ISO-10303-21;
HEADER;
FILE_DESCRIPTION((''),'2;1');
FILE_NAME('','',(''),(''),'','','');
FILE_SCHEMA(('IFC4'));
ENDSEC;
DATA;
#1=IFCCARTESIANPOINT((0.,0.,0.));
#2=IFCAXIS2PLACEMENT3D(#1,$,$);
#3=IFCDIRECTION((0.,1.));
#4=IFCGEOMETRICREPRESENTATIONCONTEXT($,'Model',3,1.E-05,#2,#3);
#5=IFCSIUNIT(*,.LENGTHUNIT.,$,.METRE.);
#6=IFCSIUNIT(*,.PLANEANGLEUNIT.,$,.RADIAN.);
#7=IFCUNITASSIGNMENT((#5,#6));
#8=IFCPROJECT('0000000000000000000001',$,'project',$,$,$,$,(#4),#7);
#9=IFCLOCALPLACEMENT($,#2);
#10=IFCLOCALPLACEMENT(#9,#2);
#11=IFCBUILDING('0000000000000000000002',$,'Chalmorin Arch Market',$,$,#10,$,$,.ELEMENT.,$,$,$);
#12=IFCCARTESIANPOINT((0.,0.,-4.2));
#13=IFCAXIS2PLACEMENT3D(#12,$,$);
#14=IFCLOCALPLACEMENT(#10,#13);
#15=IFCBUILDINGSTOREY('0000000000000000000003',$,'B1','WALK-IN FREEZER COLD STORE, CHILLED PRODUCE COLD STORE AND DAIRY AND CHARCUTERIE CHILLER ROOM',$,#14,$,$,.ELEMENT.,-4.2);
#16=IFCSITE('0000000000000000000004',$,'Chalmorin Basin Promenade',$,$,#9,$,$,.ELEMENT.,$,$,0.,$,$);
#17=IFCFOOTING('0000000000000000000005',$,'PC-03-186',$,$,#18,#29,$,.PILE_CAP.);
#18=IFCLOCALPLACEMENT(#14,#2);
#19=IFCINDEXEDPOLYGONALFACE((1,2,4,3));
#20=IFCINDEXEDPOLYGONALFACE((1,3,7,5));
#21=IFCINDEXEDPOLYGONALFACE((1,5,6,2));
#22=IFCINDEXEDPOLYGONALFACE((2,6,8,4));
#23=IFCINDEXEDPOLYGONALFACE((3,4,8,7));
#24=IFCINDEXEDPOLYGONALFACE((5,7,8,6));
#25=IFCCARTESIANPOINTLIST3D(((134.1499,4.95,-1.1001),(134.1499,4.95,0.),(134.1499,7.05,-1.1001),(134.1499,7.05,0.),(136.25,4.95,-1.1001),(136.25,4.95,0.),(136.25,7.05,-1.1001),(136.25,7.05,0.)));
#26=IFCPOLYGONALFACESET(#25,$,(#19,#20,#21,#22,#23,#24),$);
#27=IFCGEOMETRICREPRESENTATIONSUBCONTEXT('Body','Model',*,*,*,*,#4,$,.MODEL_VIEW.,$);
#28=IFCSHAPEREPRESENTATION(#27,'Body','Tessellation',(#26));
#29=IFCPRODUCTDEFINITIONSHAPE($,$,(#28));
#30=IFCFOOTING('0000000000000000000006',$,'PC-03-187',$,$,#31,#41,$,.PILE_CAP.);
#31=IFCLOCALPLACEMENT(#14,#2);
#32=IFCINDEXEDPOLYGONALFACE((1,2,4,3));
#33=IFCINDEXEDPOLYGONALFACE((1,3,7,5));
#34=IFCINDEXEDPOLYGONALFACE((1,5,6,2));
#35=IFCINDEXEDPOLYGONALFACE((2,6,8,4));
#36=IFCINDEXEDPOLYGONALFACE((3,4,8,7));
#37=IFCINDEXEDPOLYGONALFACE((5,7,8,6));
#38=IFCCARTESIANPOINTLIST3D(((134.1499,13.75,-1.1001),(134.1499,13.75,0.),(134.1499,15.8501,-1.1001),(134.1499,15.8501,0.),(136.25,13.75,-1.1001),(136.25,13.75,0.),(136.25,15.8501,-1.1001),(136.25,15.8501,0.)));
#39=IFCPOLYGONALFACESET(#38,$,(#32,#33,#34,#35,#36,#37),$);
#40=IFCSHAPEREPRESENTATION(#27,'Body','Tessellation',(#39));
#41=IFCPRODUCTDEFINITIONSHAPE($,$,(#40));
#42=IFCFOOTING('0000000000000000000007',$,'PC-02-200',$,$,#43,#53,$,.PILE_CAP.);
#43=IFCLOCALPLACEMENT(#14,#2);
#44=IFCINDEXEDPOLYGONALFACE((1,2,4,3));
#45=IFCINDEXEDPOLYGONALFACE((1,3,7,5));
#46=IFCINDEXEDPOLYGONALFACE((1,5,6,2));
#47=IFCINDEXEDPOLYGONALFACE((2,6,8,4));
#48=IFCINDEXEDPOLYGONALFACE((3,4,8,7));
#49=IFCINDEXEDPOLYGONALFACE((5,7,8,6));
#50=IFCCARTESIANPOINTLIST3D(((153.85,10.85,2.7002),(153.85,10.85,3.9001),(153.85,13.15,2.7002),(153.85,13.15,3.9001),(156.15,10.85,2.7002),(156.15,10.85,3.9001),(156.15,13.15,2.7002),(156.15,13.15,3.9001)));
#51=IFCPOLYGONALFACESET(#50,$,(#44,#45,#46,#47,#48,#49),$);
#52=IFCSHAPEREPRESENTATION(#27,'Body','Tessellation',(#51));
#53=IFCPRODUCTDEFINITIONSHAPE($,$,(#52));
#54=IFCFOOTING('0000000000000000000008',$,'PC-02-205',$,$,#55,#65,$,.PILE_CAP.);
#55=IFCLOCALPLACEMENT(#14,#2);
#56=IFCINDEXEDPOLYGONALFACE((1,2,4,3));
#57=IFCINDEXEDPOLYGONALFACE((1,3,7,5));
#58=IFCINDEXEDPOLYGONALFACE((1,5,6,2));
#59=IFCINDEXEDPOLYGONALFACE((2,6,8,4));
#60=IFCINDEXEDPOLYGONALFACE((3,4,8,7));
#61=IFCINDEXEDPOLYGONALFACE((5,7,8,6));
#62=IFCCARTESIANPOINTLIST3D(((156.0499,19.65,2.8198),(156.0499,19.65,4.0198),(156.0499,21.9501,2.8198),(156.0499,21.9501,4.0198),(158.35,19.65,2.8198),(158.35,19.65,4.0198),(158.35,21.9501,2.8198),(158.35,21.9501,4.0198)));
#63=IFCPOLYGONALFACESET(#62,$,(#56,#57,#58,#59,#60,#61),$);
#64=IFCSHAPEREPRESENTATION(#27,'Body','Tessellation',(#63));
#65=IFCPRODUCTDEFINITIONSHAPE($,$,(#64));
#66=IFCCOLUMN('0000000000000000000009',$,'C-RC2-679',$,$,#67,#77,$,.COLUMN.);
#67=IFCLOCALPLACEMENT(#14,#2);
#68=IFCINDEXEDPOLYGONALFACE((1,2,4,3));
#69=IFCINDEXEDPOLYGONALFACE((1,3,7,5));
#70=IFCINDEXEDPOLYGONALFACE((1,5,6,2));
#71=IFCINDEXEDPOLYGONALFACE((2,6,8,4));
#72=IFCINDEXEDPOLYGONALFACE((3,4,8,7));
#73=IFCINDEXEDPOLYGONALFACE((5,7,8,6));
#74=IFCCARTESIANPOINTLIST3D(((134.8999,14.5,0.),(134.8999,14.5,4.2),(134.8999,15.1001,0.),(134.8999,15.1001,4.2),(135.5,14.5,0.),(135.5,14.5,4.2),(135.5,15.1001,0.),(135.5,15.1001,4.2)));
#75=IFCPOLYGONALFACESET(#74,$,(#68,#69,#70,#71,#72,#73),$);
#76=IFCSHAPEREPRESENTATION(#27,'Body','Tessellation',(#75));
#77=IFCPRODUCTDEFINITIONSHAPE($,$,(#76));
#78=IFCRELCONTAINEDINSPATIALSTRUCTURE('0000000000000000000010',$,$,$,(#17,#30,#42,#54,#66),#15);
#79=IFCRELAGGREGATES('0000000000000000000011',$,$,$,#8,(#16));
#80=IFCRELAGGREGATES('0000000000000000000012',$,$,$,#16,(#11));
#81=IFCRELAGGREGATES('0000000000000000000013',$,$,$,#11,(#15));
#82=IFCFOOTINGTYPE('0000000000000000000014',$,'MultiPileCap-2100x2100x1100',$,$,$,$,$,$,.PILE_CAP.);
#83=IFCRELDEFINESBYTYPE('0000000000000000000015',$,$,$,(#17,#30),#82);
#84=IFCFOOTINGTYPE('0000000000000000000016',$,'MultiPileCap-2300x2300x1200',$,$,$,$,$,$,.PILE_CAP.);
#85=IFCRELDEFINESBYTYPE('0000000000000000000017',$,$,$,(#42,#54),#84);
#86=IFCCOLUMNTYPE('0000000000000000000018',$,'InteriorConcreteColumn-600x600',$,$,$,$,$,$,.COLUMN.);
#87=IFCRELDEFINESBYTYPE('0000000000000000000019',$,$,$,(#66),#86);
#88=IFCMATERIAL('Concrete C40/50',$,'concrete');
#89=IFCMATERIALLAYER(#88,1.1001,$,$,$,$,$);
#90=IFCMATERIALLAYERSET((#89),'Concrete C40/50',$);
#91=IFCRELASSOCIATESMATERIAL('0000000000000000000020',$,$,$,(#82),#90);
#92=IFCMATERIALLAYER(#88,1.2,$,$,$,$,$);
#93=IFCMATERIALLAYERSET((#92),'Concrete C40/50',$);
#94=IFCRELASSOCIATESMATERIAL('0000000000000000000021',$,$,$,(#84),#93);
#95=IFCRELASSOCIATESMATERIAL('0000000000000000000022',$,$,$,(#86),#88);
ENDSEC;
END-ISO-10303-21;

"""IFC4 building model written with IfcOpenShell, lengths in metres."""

from ifc_helpers import new_model, si_unit, direction, frame, origin, origin_2d, place, context, subcontext, project, spatial, rectangle, extrude, material, layer, layer_set, material_profile, profile_set, type_object, element, save


model = new_model("IFC4")

# Units and contexts
model_context = context("Model", 3, precision=1e-05, world=origin(), true_north=direction((0.0, 1.0)))
body_context = subcontext(model_context, "Body", "Model", "MODEL_VIEW")
ifc_project = project(units=[si_unit("LENGTHUNIT", "METRE"), si_unit("PLANEANGLEUNIT", "RADIAN")], contexts=[model_context])

# Site, building, storey
site_placement = place(None, origin())
site = spatial("IfcSite", under=ifc_project, at=site_placement, Name="Chalmorin Basin Promenade", CompositionType="ELEMENT", RefElevation=0.0)
building_placement = place(site_placement, origin())
building = spatial("IfcBuilding", under=site, at=building_placement, Name="Chalmorin Arch Market", CompositionType="ELEMENT")
storey_placement = place(building_placement, frame((0.0, 0.0, -4.2)))
storey = spatial("IfcBuildingStorey", under=building, at=storey_placement, Name="B1", Description="WALK-IN FREEZER COLD STORE, CHILLED PRODUCE COLD STORE AND DAIRY AND CHARCUTERIE CHILLER ROOM", CompositionType="ELEMENT", Elevation=-4.2)

# Footings
ifc_material_1 = material(Name="Concrete C40/50", Category="concrete")
ifc_layer_1 = layer(ifc_material_1, 1.1001)
ifc_layer_set_1 = layer_set([ifc_layer_1], Name="Concrete C40/50")
footing_type_1 = type_object("IfcFootingType", Name="MultiPileCap-2100x2100x1100", PredefinedType="PILE_CAP", material=ifc_layer_set_1)
for number, where, z_axis, x_axis, name in (
    (1, (135.2, 6.0, -1.1001), (0.0, 0.0, 1.0), (1.0, 0.0, 0.0), "PC-03-186"),
    (2, (135.2, 14.8, -1.1001), (0.0, 0.0, 1.0), (1.0, 0.0, 0.0), "PC-03-187"),
):
    element("IfcFooting", number, at=place(storey_placement, frame(where, z_axis=z_axis, x_axis=x_axis)), inside=storey, type_object=footing_type_1, Name=name, PredefinedType="PILE_CAP", context=body_context, shape_type="SweptSolid", body=[
        extrude(rectangle(XDim=2.1001, YDim=2.1001, at=origin_2d()), origin(), (0.0, 0.0, 1.0), 1.1001),
    ])
ifc_layer_2 = layer(ifc_material_1, 1.2)
ifc_layer_set_2 = layer_set([ifc_layer_2], Name="Concrete C40/50")
footing_type_2 = type_object("IfcFootingType", Name="MultiPileCap-2300x2300x1200", PredefinedType="PILE_CAP", material=ifc_layer_set_2)
for number, where, z_axis, x_axis, name in (
    (3, (155.0, 12.0, 2.7002), (0.0, 0.0, 1.0), (1.0, 0.0, 0.0), "PC-02-200"),
    (4, (157.2, 20.8, 2.8198), (0.0, 0.0, 1.0), (1.0, 0.0, 0.0), "PC-02-205"),
):
    element("IfcFooting", number, at=place(storey_placement, frame(where, z_axis=z_axis, x_axis=x_axis)), inside=storey, type_object=footing_type_2, Name=name, PredefinedType="PILE_CAP", context=body_context, shape_type="SweptSolid", body=[
        extrude(rectangle(XDim=2.3, YDim=2.3, at=origin_2d()), origin(), (0.0, 0.0, 1.0), 1.2),
    ])

# Column
ifc_material_profile_1 = material_profile(ifc_material_1, rectangle(XDim=0.6001, YDim=0.6001, at=origin_2d()), Name="RC600X600")
ifc_profile_set_1 = profile_set([ifc_material_profile_1], Name="Concrete C40/50")
column_type = type_object("IfcColumnType", Name="InteriorConcreteColumn-600x600", PredefinedType="COLUMN", material=ifc_profile_set_1)
column_placement = place(storey_placement, frame((135.2, 14.8, 0.0), z_axis=(0.0, 0.0, 1.0), x_axis=(1.0, 0.0, 0.0)))
element("IfcColumn", 5, at=column_placement, inside=storey, type_object=column_type, Name="C-RC2-679", PredefinedType="COLUMN", context=body_context, shape_type="SweptSolid", body=[
    extrude(rectangle(XDim=0.6001, YDim=0.6001, at=origin_2d()), origin(), (0.0, 0.0, 1.0), 4.2),
])

save(model, "model.ifc")
